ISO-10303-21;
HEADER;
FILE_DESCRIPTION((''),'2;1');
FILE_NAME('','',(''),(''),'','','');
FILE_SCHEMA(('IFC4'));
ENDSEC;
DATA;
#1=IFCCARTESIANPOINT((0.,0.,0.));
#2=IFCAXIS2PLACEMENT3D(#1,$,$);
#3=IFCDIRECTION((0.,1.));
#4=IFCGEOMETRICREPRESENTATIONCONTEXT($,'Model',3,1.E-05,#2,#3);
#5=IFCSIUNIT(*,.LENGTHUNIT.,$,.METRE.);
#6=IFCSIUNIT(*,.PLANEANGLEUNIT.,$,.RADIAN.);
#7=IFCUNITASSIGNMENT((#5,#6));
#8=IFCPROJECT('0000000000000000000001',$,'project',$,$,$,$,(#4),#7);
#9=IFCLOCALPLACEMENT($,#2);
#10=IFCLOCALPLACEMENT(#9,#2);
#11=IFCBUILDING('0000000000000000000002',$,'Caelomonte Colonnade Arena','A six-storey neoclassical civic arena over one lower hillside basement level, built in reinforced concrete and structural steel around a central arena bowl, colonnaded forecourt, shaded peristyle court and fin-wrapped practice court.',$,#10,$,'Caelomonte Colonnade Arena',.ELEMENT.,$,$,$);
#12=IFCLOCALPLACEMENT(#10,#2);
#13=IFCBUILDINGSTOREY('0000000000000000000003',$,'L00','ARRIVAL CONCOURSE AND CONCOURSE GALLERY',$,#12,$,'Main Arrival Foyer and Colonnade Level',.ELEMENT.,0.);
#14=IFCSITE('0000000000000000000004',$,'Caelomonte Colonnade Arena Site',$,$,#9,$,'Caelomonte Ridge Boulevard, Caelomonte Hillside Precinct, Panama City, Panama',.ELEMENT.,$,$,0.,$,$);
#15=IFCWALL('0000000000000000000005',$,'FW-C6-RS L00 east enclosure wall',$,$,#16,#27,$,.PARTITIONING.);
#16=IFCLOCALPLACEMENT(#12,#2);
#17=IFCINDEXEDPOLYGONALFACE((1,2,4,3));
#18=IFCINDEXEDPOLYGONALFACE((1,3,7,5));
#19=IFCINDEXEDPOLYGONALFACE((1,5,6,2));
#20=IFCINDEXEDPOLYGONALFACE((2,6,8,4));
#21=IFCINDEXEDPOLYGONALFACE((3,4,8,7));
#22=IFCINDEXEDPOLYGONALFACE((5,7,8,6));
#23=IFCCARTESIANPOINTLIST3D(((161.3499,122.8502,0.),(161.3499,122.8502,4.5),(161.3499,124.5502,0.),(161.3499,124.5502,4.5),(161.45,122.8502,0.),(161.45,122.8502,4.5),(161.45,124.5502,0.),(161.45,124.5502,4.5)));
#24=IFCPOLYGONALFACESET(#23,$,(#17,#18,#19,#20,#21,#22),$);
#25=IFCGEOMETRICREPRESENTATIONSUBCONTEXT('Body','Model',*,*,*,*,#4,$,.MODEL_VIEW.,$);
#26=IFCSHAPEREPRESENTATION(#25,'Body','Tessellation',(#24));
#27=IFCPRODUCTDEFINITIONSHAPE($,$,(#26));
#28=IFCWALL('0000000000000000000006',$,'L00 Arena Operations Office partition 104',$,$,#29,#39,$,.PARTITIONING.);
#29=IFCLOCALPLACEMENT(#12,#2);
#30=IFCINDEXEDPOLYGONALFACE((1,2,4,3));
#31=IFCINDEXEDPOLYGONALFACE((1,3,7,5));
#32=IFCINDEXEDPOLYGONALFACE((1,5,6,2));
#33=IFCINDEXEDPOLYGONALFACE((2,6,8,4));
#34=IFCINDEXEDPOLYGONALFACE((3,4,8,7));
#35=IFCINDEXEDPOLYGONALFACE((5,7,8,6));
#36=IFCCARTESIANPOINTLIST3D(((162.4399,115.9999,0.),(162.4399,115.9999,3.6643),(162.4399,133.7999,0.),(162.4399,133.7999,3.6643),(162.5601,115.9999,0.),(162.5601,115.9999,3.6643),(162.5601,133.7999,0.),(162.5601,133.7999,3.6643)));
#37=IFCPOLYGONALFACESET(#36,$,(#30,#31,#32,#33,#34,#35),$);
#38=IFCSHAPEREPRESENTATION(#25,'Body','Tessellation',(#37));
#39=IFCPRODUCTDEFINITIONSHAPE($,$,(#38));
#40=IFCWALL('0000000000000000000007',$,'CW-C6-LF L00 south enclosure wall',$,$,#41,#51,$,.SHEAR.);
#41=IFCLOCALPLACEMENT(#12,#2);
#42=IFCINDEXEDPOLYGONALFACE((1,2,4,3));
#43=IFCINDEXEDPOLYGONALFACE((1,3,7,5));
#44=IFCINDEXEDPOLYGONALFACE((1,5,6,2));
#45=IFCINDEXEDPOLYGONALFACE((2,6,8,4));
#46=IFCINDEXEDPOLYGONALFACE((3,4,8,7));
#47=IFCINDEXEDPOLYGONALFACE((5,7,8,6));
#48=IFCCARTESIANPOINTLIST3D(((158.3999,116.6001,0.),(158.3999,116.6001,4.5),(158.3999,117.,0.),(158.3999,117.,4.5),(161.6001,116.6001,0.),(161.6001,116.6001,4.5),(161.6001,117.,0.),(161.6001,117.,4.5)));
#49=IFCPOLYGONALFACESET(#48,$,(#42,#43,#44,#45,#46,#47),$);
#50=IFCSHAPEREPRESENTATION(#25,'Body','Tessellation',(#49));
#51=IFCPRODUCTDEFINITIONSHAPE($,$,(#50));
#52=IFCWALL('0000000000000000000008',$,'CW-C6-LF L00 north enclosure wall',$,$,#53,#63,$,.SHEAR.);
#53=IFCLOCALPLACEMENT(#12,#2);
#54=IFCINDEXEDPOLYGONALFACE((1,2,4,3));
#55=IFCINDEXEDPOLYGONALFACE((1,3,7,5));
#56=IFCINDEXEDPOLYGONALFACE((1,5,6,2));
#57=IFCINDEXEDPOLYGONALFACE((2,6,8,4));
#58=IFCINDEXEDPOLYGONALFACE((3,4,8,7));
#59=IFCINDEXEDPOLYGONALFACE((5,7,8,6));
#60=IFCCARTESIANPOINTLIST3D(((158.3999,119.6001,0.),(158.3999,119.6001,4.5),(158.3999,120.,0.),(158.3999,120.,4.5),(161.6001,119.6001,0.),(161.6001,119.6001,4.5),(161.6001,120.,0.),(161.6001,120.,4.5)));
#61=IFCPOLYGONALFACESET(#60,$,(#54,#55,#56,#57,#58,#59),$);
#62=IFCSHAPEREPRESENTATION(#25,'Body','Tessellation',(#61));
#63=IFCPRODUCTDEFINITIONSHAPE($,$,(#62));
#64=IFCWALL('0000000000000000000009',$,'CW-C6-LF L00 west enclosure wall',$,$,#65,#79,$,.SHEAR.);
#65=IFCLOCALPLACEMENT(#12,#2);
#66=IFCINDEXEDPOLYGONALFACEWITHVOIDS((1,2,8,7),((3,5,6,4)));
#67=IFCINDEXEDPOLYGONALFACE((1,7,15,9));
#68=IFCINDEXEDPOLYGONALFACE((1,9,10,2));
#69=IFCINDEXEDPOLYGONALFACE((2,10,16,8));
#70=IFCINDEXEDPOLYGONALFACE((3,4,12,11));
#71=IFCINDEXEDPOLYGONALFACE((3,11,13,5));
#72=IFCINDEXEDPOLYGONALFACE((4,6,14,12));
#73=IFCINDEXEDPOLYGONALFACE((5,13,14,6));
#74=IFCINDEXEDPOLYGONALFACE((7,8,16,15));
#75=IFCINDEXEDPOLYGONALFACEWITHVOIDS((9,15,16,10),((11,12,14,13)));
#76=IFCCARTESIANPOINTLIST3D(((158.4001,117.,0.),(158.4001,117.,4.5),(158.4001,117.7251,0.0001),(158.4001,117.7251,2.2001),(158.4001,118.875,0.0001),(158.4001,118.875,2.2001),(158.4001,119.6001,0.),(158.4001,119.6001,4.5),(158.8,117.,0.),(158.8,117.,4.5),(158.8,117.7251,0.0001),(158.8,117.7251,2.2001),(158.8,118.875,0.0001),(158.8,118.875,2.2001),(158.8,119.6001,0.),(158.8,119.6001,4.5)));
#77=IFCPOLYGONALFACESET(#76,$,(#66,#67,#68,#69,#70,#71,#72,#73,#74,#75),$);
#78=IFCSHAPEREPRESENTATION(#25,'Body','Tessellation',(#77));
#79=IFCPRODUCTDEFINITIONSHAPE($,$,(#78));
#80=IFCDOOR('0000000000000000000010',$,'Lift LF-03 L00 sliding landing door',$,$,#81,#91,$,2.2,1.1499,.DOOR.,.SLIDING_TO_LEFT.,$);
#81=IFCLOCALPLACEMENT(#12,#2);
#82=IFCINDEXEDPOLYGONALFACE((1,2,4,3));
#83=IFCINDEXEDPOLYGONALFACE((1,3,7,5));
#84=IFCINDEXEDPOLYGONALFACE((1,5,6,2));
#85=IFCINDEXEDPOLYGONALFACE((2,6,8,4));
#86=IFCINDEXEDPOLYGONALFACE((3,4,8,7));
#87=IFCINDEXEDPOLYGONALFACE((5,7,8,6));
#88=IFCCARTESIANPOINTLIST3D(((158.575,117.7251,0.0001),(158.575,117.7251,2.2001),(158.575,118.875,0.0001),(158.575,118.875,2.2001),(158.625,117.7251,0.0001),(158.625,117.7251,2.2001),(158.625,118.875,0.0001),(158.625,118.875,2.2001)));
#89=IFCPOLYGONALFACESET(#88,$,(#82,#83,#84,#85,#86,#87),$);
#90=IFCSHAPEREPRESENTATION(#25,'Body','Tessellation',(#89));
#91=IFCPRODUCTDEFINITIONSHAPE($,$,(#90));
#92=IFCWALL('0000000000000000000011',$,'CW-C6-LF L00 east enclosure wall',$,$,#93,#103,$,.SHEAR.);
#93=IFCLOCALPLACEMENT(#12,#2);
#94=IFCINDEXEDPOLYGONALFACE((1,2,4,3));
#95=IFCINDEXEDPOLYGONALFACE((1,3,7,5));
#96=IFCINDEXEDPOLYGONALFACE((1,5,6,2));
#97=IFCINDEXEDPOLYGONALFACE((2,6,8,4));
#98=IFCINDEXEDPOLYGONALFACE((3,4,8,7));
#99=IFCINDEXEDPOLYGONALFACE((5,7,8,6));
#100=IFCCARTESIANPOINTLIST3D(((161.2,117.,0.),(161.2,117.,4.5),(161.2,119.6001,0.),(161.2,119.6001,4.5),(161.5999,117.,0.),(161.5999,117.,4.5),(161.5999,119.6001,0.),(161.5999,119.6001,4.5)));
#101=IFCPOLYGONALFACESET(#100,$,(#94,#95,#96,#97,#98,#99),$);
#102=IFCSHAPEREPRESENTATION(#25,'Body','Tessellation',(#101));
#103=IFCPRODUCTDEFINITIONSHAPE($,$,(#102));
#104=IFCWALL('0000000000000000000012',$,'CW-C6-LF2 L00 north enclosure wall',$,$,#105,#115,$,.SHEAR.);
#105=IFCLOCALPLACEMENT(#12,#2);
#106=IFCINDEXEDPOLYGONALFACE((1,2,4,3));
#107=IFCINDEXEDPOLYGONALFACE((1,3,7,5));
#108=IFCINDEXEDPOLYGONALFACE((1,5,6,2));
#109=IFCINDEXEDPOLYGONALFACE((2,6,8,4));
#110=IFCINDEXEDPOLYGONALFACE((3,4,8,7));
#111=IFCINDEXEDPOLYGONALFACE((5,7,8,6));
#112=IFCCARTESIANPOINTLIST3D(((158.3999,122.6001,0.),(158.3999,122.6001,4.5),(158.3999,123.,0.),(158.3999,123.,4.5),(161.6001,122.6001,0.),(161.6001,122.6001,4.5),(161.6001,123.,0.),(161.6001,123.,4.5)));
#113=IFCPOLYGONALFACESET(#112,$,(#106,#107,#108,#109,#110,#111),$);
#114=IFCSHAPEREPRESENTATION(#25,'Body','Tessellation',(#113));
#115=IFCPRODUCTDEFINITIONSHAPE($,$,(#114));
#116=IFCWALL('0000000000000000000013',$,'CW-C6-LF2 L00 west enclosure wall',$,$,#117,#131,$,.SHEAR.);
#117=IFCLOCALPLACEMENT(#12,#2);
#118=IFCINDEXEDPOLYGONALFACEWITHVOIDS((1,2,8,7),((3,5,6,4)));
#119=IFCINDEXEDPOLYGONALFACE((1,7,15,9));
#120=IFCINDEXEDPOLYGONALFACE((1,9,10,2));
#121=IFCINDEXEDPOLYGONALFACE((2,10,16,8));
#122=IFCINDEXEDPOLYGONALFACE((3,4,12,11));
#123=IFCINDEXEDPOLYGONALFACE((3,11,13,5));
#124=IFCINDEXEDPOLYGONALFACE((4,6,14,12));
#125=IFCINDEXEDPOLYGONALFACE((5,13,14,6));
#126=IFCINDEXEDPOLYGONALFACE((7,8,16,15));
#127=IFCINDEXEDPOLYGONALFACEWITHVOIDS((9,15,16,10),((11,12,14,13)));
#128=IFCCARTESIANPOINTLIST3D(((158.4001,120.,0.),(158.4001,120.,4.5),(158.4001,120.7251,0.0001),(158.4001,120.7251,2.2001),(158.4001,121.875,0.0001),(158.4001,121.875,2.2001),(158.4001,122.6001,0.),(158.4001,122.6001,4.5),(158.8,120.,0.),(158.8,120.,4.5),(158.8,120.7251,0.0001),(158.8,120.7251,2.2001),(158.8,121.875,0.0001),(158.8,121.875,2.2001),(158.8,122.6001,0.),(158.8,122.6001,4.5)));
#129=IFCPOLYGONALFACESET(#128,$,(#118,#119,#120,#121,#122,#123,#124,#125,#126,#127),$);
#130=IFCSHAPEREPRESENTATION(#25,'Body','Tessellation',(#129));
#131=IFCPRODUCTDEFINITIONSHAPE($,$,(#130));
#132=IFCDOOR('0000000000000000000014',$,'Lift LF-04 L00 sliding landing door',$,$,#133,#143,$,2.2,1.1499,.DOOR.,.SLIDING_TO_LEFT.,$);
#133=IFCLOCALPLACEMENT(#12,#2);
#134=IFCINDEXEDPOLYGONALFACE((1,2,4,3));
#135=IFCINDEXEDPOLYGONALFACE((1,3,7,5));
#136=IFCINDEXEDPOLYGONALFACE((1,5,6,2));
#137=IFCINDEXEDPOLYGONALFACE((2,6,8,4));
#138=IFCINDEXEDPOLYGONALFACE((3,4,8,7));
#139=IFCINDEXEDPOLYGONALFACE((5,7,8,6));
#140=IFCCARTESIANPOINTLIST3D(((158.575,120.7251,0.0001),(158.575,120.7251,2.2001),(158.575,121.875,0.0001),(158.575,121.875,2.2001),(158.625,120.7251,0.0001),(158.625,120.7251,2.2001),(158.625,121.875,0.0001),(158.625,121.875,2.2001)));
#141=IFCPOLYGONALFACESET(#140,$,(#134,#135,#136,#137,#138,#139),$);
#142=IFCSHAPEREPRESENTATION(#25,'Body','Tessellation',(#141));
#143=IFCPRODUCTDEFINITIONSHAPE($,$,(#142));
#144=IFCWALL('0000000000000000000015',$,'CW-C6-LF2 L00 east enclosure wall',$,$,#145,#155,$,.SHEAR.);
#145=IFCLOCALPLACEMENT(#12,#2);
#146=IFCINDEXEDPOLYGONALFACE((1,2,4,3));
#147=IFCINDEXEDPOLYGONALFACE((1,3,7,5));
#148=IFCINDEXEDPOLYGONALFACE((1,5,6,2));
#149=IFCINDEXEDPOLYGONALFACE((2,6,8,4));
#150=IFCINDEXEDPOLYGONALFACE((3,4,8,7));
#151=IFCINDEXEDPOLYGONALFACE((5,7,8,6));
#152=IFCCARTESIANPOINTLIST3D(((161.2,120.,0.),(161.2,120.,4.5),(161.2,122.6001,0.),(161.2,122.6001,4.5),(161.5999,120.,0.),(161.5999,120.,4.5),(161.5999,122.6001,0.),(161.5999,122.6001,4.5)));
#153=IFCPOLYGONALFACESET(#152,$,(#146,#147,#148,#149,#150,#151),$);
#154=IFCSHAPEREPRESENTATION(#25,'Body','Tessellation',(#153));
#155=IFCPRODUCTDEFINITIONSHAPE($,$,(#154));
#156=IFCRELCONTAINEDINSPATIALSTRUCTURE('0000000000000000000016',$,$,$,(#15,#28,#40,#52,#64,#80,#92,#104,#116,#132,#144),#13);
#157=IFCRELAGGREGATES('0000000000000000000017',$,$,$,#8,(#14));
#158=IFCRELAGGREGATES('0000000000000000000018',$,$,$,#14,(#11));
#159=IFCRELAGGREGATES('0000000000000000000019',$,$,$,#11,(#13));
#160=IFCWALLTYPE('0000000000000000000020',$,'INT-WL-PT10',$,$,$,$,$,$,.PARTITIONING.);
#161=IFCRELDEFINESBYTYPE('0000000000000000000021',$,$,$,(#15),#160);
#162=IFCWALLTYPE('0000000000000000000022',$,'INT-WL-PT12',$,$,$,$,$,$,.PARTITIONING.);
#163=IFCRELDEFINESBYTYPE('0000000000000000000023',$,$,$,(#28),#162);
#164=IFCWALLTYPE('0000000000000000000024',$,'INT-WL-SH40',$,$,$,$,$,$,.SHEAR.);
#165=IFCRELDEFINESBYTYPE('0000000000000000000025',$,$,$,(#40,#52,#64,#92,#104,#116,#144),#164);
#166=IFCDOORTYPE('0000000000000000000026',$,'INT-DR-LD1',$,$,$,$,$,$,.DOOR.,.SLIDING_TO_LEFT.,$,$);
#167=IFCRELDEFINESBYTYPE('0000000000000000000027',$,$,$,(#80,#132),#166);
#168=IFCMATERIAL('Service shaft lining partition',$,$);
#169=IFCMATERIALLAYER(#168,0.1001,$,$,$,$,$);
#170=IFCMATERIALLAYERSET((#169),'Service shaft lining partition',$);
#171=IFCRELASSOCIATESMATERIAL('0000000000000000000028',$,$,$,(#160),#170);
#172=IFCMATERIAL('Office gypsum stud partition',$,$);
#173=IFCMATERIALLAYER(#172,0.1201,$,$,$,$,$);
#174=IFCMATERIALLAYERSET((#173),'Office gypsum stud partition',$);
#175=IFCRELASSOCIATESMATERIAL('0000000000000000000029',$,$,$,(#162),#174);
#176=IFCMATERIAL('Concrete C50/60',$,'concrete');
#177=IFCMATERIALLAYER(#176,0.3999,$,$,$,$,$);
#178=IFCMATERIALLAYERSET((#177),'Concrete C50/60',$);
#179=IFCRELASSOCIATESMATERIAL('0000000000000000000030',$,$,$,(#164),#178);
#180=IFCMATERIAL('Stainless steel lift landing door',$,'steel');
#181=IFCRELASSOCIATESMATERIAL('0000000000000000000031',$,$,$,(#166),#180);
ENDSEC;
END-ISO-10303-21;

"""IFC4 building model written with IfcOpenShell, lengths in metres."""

from ifc_helpers import new_model, si_unit, direction, frame, frame_2d, origin, place, context, subcontext, project, spatial, rectangle, extrude, material, layer, layer_set, type_object, element, fill, save


model = new_model("IFC4")

# Units and contexts
model_context = context("Model", 3, precision=1e-05, world=origin(), true_north=direction((0.0, 1.0)))
body_context = subcontext(model_context, "Body", "Model", "MODEL_VIEW")
ifc_project = project(units=[si_unit("LENGTHUNIT", "METRE"), si_unit("PLANEANGLEUNIT", "RADIAN")], contexts=[model_context])

# Site, building, storey
site_placement = place(None, origin())
site = spatial("IfcSite", under=ifc_project, at=site_placement, Name="Caelomonte Colonnade Arena Site", LongName="Caelomonte Ridge Boulevard, Caelomonte Hillside Precinct, Panama City, Panama", CompositionType="ELEMENT", RefElevation=0.0)
building_placement = place(site_placement, origin())
building = spatial("IfcBuilding", under=site, at=building_placement, Name="Caelomonte Colonnade Arena", Description="A six-storey neoclassical civic arena over one lower hillside basement level, built in reinforced concrete and structural steel around a central arena bowl, colonnaded forecourt, shaded peristyle court and fin-wrapped practice court.", LongName="Caelomonte Colonnade Arena", CompositionType="ELEMENT")
storey_placement = place(building_placement, origin())
storey = spatial("IfcBuildingStorey", under=building, at=storey_placement, Name="L00", Description="ARRIVAL CONCOURSE AND CONCOURSE GALLERY", LongName="Main Arrival Foyer and Colonnade Level", CompositionType="ELEMENT", Elevation=0.0)

# Walls
ifc_material_1 = material(Name="Service shaft lining partition")
ifc_layer_1 = layer(ifc_material_1, 0.1001)
ifc_layer_set_1 = layer_set([ifc_layer_1], Name="Service shaft lining partition")
wall_type_1 = type_object("IfcWallType", Name="INT-WL-PT10", PredefinedType="PARTITIONING", material=ifc_layer_set_1)
wall_1_placement = place(storey_placement, frame((161.3999, 122.8501, 0.0), z_axis=(0.0, 0.0, 1.0), x_axis=(0.0, 1.0, 0.0)))
element("IfcWall", 1, at=wall_1_placement, inside=storey, type_object=wall_type_1, Name="FW-C6-RS L00 east enclosure wall", PredefinedType="PARTITIONING", context=body_context, shape_type="SweptSolid", body=[
    extrude(rectangle(XDim=1.7, YDim=0.1001, at=frame_2d((0.8501, 0.0))), origin(), (0.0, 0.0, 1.0), 4.5),
])
ifc_material_2 = material(Name="Office gypsum stud partition")
ifc_layer_2 = layer(ifc_material_2, 0.1201)
ifc_layer_set_2 = layer_set([ifc_layer_2], Name="Office gypsum stud partition")
wall_type_2 = type_object("IfcWallType", Name="INT-WL-PT12", PredefinedType="PARTITIONING", material=ifc_layer_set_2)
wall_2_placement = place(storey_placement, frame((162.5, 116.0, 0.0), z_axis=(0.0, 0.0, 1.0), x_axis=(0.0, 1.0, 0.0)))
element("IfcWall", 2, at=wall_2_placement, inside=storey, type_object=wall_type_2, Name="L00 Arena Operations Office partition 104", PredefinedType="PARTITIONING", context=body_context, shape_type="SweptSolid", body=[
    extrude(rectangle(XDim=17.8, YDim=0.1201, at=frame_2d((8.8999, 0.0))), origin(), (0.0, 0.0, 1.0), 3.6643),
])
ifc_material_3 = material(Name="Concrete C50/60", Category="concrete")
ifc_layer_3 = layer(ifc_material_3, 0.3999)
ifc_layer_set_3 = layer_set([ifc_layer_3], Name="Concrete C50/60")
wall_type_3 = type_object("IfcWallType", Name="INT-WL-SH40", PredefinedType="SHEAR", material=ifc_layer_set_3)
for number, where, z_axis, x_axis, name in (
    (3, (158.3999, 116.8, 0.0), (0.0, 0.0, 1.0), (1.0, 0.0, 0.0), "CW-C6-LF L00 south enclosure wall"),
    (4, (161.6001, 119.8, 0.0), (0.0, 0.0, 1.0), (-1.0, 0.0, 0.0), "CW-C6-LF L00 north enclosure wall"),
):
    element("IfcWall", number, at=place(storey_placement, frame(where, z_axis=z_axis, x_axis=x_axis)), inside=storey, type_object=wall_type_3, Name=name, PredefinedType="SHEAR", context=body_context, shape_type="SweptSolid", body=[
        extrude(rectangle(XDim=3.2002, YDim=0.3999, at=frame_2d((1.6001, 0.0))), origin(), (0.0, 0.0, 1.0), 4.5),
    ])

# Wall, opening, door
wall_3_placement = place(storey_placement, frame((158.6001, 119.6001, 0.0), z_axis=(0.0, 0.0, 1.0), x_axis=(0.0, -1.0, 0.0)))
wall_3 = element("IfcWall", 5, at=wall_3_placement, inside=storey, type_object=wall_type_3, Name="CW-C6-LF L00 west enclosure wall", PredefinedType="SHEAR", context=body_context, shape_type="SweptSolid", body=[
    extrude(rectangle(XDim=2.6001, YDim=0.3999, at=frame_2d((1.3, 0.0))), origin(), (0.0, 0.0, 1.0), 4.5),
])
opening_1_placement = place(wall_3_placement, frame((0.7251, 0.0, 0.0), z_axis=(0.0, 0.0, 1.0), x_axis=(1.0, 0.0, 0.0)))
opening_1 = element("IfcOpeningElement", 6, at=opening_1_placement, cuts=wall_3, PredefinedType="OPENING", context=body_context, shape_type="SweptSolid", body=[
    extrude(rectangle(XDim=1.1499, YDim=2.2, at=frame_2d((0.575, 1.1001))), frame((0.0, 0.21, 0.0), z_axis=(0.0, -1.0, 0.0), x_axis=(1.0, 0.0, 0.0)), (0.0, 0.0, 1.0), 0.4199),
])
ifc_material_4 = material(Name="Stainless steel lift landing door", Category="steel")
door_type_1 = type_object("IfcDoorType", Name="INT-DR-LD1", OperationType="SLIDING_TO_LEFT", PredefinedType="DOOR", material=ifc_material_4)
door_1_placement = place(opening_1_placement, origin())
door_1 = element("IfcDoor", 7, at=door_1_placement, inside=storey, type_object=door_type_1, Name="Lift LF-03 L00 sliding landing door", OperationType="SLIDING_TO_LEFT", OverallHeight=2.2, OverallWidth=1.1499, PredefinedType="DOOR", context=body_context, shape_type="SweptSolid", body=[
    extrude(rectangle(XDim=1.1499, YDim=2.2, at=frame_2d((0.575, 1.1001))), frame((0.0, 0.0249, 0.0), z_axis=(0.0, -1.0, 0.0), x_axis=(1.0, 0.0, 0.0)), (0.0, 0.0, 1.0), 0.05),
])
fill(opening_1, door_1)

# Walls
wall_4_placement = place(storey_placement, frame((161.3999, 117.0, 0.0), z_axis=(0.0, 0.0, 1.0), x_axis=(0.0, 1.0, 0.0)))
element("IfcWall", 8, at=wall_4_placement, inside=storey, type_object=wall_type_3, Name="CW-C6-LF L00 east enclosure wall", PredefinedType="SHEAR", context=body_context, shape_type="SweptSolid", body=[
    extrude(rectangle(XDim=2.6001, YDim=0.3999, at=frame_2d((1.3, 0.0))), origin(), (0.0, 0.0, 1.0), 4.5),
])
wall_5_placement = place(storey_placement, frame((161.6001, 122.8, 0.0), z_axis=(0.0, 0.0, 1.0), x_axis=(-1.0, 0.0, 0.0)))
element("IfcWall", 9, at=wall_5_placement, inside=storey, type_object=wall_type_3, Name="CW-C6-LF2 L00 north enclosure wall", PredefinedType="SHEAR", context=body_context, shape_type="SweptSolid", body=[
    extrude(rectangle(XDim=3.2002, YDim=0.3999, at=frame_2d((1.6001, 0.0))), origin(), (0.0, 0.0, 1.0), 4.5),
])

# Wall, opening, door
wall_6_placement = place(storey_placement, frame((158.6001, 122.6001, 0.0), z_axis=(0.0, 0.0, 1.0), x_axis=(0.0, -1.0, 0.0)))
wall_6 = element("IfcWall", 10, at=wall_6_placement, inside=storey, type_object=wall_type_3, Name="CW-C6-LF2 L00 west enclosure wall", PredefinedType="SHEAR", context=body_context, shape_type="SweptSolid", body=[
    extrude(rectangle(XDim=2.6001, YDim=0.3999, at=frame_2d((1.3, 0.0))), origin(), (0.0, 0.0, 1.0), 4.5),
])
opening_2_placement = place(wall_6_placement, frame((0.7251, 0.0, 0.0), z_axis=(0.0, 0.0, 1.0), x_axis=(1.0, 0.0, 0.0)))
opening_2 = element("IfcOpeningElement", 11, at=opening_2_placement, cuts=wall_6, PredefinedType="OPENING", context=body_context, shape_type="SweptSolid", body=[
    extrude(rectangle(XDim=1.1499, YDim=2.2, at=frame_2d((0.575, 1.1001))), frame((0.0, 0.21, 0.0), z_axis=(0.0, -1.0, 0.0), x_axis=(1.0, 0.0, 0.0)), (0.0, 0.0, 1.0), 0.4199),
])
door_2_placement = place(opening_2_placement, origin())
door_2 = element("IfcDoor", 12, at=door_2_placement, inside=storey, type_object=door_type_1, Name="Lift LF-04 L00 sliding landing door", OperationType="SLIDING_TO_LEFT", OverallHeight=2.2, OverallWidth=1.1499, PredefinedType="DOOR", context=body_context, shape_type="SweptSolid", body=[
    extrude(rectangle(XDim=1.1499, YDim=2.2, at=frame_2d((0.575, 1.1001))), frame((0.0, 0.0249, 0.0), z_axis=(0.0, -1.0, 0.0), x_axis=(1.0, 0.0, 0.0)), (0.0, 0.0, 1.0), 0.05),
])
fill(opening_2, door_2)

# Wall
wall_7_placement = place(storey_placement, frame((161.3999, 120.0, 0.0), z_axis=(0.0, 0.0, 1.0), x_axis=(0.0, 1.0, 0.0)))
element("IfcWall", 13, at=wall_7_placement, inside=storey, type_object=wall_type_3, Name="CW-C6-LF2 L00 east enclosure wall", PredefinedType="SHEAR", context=body_context, shape_type="SweptSolid", body=[
    extrude(rectangle(XDim=2.6001, YDim=0.3999, at=frame_2d((1.3, 0.0))), origin(), (0.0, 0.0, 1.0), 4.5),
])

save(model, "model.ifc")
